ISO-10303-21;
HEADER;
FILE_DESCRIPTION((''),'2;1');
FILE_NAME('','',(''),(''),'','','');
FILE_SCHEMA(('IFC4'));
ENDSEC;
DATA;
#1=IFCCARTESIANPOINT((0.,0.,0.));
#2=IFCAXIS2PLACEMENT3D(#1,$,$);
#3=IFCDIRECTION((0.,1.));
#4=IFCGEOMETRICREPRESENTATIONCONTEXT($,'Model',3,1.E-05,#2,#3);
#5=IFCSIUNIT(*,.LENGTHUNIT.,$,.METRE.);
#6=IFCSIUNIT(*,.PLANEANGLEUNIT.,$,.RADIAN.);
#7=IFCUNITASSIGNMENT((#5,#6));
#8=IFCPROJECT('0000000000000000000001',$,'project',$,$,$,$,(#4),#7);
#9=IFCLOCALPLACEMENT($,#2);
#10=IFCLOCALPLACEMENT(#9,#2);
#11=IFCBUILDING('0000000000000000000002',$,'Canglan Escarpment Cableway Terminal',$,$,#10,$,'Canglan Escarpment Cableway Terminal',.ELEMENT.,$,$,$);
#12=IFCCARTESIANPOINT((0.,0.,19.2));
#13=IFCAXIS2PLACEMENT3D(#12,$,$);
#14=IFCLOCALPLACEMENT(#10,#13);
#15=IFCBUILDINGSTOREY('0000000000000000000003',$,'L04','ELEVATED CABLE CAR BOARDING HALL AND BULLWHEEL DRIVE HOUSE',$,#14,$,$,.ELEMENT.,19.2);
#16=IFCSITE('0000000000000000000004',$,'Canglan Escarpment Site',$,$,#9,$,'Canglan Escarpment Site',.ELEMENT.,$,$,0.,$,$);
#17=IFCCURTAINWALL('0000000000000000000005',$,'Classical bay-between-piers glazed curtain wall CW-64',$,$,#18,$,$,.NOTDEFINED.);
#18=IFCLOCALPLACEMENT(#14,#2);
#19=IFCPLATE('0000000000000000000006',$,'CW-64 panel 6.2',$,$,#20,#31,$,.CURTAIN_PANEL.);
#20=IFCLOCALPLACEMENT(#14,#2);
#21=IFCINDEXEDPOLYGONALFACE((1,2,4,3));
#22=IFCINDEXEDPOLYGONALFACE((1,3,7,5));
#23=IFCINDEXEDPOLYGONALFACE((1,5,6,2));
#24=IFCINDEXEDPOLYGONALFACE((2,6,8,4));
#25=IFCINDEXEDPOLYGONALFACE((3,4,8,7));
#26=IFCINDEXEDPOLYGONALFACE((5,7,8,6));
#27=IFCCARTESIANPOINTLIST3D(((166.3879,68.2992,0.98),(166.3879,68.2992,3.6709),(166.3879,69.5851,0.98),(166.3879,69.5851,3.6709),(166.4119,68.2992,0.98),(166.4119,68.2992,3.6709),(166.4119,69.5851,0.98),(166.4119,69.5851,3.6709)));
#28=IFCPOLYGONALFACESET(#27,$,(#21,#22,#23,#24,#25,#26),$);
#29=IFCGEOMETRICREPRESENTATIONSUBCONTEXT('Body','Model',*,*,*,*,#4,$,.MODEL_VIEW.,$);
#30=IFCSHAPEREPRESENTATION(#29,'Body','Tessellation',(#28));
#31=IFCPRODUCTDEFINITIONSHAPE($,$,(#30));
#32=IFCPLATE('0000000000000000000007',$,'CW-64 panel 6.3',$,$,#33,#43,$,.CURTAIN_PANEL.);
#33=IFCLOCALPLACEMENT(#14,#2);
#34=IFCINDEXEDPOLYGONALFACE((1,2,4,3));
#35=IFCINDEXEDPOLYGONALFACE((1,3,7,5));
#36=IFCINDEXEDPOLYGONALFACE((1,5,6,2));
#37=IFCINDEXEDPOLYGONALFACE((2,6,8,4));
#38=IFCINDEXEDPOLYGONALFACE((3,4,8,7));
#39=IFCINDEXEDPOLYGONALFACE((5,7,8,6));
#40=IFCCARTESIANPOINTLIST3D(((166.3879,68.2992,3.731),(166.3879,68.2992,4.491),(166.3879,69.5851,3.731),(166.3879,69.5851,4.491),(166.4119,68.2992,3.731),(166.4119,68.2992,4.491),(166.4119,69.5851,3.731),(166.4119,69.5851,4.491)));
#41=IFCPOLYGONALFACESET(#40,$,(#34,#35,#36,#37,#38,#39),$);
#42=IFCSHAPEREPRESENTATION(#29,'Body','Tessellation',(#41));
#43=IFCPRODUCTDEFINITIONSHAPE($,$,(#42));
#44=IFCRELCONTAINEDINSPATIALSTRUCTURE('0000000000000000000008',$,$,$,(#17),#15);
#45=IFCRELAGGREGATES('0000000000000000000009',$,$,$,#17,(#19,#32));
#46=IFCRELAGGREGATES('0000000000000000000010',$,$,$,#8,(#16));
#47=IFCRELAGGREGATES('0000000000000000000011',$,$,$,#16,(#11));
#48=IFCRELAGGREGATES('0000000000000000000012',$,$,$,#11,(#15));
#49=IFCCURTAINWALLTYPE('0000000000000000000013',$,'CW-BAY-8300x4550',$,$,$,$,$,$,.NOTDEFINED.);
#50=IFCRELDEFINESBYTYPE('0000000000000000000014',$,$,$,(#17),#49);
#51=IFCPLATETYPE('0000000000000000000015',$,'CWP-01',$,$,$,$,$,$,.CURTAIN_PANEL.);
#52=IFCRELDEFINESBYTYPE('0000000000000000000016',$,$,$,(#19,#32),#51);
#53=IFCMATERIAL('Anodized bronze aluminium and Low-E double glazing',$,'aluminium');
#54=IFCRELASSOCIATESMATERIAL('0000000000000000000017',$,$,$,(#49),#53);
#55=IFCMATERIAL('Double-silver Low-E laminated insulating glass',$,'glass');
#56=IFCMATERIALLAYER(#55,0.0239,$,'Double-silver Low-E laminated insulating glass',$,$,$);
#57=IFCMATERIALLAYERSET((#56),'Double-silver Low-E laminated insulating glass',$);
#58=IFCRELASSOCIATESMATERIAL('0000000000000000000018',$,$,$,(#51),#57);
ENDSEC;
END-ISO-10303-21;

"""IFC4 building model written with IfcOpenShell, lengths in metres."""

from ifc_helpers import new_model, si_unit, direction, frame, origin, origin_2d, place, context, subcontext, project, spatial, rectangle, extrude, material, layer, layer_set, type_object, element, aggregate, save


model = new_model("IFC4")

# Units and contexts
model_context = context("Model", 3, precision=1e-05, world=origin(), true_north=direction((0.0, 1.0)))
body_context = subcontext(model_context, "Body", "Model", "MODEL_VIEW")
ifc_project = project(units=[si_unit("LENGTHUNIT", "METRE"), si_unit("PLANEANGLEUNIT", "RADIAN")], contexts=[model_context])

# Site, building, storey
site_placement = place(None, origin())
site = spatial("IfcSite", under=ifc_project, at=site_placement, Name="Canglan Escarpment Site", LongName="Canglan Escarpment Site", CompositionType="ELEMENT", RefElevation=0.0)
building_placement = place(site_placement, origin())
building = spatial("IfcBuilding", under=site, at=building_placement, Name="Canglan Escarpment Cableway Terminal", LongName="Canglan Escarpment Cableway Terminal", CompositionType="ELEMENT")
storey_placement = place(building_placement, frame((0.0, 0.0, 19.2)))
storey = spatial("IfcBuildingStorey", under=building, at=storey_placement, Name="L04", Description="ELEVATED CABLE CAR BOARDING HALL AND BULLWHEEL DRIVE HOUSE", CompositionType="ELEMENT", Elevation=19.2)

# Curtain wall
ifc_material_1 = material(Name="Anodized bronze aluminium and Low-E double glazing", Category="aluminium")
curtain_wall_type = type_object("IfcCurtainWallType", Name="CW-BAY-8300x4550", PredefinedType="NOTDEFINED", material=ifc_material_1)
curtain_wall_1_placement = place(storey_placement, origin())
curtain_wall_1 = element("IfcCurtainWall", 1, at=curtain_wall_1_placement, inside=storey, type_object=curtain_wall_type, Name="Classical bay-between-piers glazed curtain wall CW-64", PredefinedType="NOTDEFINED")

# Plates
ifc_material_2 = material(Name="Double-silver Low-E laminated insulating glass", Category="glass")
ifc_layer = layer(ifc_material_2, 0.0239, Name="Double-silver Low-E laminated insulating glass")
ifc_layer_set = layer_set([ifc_layer], Name="Double-silver Low-E laminated insulating glass")
plate_type = type_object("IfcPlateType", Name="CWP-01", PredefinedType="CURTAIN_PANEL", material=ifc_layer_set)
plate_1_placement = place(storey_placement, frame((166.3999, 68.9421, 0.98), z_axis=(0.0, 0.0, 1.0), x_axis=(0.0, 1.0, 0.0)))
plate_1 = element("IfcPlate", 2, at=plate_1_placement, type_object=plate_type, Name="CW-64 panel 6.2", PredefinedType="CURTAIN_PANEL", context=body_context, shape_type="SweptSolid", body=[
    extrude(rectangle(XDim=1.2859, YDim=0.0239, at=origin_2d()), origin(), (0.0, 0.0, 1.0), 2.6909),
])
plate_2_placement = place(storey_placement, frame((166.3999, 68.9421, 3.731), z_axis=(0.0, 0.0, 1.0), x_axis=(0.0, 1.0, 0.0)))
plate_2 = element("IfcPlate", 3, at=plate_2_placement, type_object=plate_type, Name="CW-64 panel 6.3", PredefinedType="CURTAIN_PANEL", context=body_context, shape_type="SweptSolid", body=[
    extrude(rectangle(XDim=1.2859, YDim=0.0239, at=origin_2d()), origin(), (0.0, 0.0, 1.0), 0.76),
])
aggregate(curtain_wall_1, [plate_1, plate_2])

save(model, "model.ifc")
